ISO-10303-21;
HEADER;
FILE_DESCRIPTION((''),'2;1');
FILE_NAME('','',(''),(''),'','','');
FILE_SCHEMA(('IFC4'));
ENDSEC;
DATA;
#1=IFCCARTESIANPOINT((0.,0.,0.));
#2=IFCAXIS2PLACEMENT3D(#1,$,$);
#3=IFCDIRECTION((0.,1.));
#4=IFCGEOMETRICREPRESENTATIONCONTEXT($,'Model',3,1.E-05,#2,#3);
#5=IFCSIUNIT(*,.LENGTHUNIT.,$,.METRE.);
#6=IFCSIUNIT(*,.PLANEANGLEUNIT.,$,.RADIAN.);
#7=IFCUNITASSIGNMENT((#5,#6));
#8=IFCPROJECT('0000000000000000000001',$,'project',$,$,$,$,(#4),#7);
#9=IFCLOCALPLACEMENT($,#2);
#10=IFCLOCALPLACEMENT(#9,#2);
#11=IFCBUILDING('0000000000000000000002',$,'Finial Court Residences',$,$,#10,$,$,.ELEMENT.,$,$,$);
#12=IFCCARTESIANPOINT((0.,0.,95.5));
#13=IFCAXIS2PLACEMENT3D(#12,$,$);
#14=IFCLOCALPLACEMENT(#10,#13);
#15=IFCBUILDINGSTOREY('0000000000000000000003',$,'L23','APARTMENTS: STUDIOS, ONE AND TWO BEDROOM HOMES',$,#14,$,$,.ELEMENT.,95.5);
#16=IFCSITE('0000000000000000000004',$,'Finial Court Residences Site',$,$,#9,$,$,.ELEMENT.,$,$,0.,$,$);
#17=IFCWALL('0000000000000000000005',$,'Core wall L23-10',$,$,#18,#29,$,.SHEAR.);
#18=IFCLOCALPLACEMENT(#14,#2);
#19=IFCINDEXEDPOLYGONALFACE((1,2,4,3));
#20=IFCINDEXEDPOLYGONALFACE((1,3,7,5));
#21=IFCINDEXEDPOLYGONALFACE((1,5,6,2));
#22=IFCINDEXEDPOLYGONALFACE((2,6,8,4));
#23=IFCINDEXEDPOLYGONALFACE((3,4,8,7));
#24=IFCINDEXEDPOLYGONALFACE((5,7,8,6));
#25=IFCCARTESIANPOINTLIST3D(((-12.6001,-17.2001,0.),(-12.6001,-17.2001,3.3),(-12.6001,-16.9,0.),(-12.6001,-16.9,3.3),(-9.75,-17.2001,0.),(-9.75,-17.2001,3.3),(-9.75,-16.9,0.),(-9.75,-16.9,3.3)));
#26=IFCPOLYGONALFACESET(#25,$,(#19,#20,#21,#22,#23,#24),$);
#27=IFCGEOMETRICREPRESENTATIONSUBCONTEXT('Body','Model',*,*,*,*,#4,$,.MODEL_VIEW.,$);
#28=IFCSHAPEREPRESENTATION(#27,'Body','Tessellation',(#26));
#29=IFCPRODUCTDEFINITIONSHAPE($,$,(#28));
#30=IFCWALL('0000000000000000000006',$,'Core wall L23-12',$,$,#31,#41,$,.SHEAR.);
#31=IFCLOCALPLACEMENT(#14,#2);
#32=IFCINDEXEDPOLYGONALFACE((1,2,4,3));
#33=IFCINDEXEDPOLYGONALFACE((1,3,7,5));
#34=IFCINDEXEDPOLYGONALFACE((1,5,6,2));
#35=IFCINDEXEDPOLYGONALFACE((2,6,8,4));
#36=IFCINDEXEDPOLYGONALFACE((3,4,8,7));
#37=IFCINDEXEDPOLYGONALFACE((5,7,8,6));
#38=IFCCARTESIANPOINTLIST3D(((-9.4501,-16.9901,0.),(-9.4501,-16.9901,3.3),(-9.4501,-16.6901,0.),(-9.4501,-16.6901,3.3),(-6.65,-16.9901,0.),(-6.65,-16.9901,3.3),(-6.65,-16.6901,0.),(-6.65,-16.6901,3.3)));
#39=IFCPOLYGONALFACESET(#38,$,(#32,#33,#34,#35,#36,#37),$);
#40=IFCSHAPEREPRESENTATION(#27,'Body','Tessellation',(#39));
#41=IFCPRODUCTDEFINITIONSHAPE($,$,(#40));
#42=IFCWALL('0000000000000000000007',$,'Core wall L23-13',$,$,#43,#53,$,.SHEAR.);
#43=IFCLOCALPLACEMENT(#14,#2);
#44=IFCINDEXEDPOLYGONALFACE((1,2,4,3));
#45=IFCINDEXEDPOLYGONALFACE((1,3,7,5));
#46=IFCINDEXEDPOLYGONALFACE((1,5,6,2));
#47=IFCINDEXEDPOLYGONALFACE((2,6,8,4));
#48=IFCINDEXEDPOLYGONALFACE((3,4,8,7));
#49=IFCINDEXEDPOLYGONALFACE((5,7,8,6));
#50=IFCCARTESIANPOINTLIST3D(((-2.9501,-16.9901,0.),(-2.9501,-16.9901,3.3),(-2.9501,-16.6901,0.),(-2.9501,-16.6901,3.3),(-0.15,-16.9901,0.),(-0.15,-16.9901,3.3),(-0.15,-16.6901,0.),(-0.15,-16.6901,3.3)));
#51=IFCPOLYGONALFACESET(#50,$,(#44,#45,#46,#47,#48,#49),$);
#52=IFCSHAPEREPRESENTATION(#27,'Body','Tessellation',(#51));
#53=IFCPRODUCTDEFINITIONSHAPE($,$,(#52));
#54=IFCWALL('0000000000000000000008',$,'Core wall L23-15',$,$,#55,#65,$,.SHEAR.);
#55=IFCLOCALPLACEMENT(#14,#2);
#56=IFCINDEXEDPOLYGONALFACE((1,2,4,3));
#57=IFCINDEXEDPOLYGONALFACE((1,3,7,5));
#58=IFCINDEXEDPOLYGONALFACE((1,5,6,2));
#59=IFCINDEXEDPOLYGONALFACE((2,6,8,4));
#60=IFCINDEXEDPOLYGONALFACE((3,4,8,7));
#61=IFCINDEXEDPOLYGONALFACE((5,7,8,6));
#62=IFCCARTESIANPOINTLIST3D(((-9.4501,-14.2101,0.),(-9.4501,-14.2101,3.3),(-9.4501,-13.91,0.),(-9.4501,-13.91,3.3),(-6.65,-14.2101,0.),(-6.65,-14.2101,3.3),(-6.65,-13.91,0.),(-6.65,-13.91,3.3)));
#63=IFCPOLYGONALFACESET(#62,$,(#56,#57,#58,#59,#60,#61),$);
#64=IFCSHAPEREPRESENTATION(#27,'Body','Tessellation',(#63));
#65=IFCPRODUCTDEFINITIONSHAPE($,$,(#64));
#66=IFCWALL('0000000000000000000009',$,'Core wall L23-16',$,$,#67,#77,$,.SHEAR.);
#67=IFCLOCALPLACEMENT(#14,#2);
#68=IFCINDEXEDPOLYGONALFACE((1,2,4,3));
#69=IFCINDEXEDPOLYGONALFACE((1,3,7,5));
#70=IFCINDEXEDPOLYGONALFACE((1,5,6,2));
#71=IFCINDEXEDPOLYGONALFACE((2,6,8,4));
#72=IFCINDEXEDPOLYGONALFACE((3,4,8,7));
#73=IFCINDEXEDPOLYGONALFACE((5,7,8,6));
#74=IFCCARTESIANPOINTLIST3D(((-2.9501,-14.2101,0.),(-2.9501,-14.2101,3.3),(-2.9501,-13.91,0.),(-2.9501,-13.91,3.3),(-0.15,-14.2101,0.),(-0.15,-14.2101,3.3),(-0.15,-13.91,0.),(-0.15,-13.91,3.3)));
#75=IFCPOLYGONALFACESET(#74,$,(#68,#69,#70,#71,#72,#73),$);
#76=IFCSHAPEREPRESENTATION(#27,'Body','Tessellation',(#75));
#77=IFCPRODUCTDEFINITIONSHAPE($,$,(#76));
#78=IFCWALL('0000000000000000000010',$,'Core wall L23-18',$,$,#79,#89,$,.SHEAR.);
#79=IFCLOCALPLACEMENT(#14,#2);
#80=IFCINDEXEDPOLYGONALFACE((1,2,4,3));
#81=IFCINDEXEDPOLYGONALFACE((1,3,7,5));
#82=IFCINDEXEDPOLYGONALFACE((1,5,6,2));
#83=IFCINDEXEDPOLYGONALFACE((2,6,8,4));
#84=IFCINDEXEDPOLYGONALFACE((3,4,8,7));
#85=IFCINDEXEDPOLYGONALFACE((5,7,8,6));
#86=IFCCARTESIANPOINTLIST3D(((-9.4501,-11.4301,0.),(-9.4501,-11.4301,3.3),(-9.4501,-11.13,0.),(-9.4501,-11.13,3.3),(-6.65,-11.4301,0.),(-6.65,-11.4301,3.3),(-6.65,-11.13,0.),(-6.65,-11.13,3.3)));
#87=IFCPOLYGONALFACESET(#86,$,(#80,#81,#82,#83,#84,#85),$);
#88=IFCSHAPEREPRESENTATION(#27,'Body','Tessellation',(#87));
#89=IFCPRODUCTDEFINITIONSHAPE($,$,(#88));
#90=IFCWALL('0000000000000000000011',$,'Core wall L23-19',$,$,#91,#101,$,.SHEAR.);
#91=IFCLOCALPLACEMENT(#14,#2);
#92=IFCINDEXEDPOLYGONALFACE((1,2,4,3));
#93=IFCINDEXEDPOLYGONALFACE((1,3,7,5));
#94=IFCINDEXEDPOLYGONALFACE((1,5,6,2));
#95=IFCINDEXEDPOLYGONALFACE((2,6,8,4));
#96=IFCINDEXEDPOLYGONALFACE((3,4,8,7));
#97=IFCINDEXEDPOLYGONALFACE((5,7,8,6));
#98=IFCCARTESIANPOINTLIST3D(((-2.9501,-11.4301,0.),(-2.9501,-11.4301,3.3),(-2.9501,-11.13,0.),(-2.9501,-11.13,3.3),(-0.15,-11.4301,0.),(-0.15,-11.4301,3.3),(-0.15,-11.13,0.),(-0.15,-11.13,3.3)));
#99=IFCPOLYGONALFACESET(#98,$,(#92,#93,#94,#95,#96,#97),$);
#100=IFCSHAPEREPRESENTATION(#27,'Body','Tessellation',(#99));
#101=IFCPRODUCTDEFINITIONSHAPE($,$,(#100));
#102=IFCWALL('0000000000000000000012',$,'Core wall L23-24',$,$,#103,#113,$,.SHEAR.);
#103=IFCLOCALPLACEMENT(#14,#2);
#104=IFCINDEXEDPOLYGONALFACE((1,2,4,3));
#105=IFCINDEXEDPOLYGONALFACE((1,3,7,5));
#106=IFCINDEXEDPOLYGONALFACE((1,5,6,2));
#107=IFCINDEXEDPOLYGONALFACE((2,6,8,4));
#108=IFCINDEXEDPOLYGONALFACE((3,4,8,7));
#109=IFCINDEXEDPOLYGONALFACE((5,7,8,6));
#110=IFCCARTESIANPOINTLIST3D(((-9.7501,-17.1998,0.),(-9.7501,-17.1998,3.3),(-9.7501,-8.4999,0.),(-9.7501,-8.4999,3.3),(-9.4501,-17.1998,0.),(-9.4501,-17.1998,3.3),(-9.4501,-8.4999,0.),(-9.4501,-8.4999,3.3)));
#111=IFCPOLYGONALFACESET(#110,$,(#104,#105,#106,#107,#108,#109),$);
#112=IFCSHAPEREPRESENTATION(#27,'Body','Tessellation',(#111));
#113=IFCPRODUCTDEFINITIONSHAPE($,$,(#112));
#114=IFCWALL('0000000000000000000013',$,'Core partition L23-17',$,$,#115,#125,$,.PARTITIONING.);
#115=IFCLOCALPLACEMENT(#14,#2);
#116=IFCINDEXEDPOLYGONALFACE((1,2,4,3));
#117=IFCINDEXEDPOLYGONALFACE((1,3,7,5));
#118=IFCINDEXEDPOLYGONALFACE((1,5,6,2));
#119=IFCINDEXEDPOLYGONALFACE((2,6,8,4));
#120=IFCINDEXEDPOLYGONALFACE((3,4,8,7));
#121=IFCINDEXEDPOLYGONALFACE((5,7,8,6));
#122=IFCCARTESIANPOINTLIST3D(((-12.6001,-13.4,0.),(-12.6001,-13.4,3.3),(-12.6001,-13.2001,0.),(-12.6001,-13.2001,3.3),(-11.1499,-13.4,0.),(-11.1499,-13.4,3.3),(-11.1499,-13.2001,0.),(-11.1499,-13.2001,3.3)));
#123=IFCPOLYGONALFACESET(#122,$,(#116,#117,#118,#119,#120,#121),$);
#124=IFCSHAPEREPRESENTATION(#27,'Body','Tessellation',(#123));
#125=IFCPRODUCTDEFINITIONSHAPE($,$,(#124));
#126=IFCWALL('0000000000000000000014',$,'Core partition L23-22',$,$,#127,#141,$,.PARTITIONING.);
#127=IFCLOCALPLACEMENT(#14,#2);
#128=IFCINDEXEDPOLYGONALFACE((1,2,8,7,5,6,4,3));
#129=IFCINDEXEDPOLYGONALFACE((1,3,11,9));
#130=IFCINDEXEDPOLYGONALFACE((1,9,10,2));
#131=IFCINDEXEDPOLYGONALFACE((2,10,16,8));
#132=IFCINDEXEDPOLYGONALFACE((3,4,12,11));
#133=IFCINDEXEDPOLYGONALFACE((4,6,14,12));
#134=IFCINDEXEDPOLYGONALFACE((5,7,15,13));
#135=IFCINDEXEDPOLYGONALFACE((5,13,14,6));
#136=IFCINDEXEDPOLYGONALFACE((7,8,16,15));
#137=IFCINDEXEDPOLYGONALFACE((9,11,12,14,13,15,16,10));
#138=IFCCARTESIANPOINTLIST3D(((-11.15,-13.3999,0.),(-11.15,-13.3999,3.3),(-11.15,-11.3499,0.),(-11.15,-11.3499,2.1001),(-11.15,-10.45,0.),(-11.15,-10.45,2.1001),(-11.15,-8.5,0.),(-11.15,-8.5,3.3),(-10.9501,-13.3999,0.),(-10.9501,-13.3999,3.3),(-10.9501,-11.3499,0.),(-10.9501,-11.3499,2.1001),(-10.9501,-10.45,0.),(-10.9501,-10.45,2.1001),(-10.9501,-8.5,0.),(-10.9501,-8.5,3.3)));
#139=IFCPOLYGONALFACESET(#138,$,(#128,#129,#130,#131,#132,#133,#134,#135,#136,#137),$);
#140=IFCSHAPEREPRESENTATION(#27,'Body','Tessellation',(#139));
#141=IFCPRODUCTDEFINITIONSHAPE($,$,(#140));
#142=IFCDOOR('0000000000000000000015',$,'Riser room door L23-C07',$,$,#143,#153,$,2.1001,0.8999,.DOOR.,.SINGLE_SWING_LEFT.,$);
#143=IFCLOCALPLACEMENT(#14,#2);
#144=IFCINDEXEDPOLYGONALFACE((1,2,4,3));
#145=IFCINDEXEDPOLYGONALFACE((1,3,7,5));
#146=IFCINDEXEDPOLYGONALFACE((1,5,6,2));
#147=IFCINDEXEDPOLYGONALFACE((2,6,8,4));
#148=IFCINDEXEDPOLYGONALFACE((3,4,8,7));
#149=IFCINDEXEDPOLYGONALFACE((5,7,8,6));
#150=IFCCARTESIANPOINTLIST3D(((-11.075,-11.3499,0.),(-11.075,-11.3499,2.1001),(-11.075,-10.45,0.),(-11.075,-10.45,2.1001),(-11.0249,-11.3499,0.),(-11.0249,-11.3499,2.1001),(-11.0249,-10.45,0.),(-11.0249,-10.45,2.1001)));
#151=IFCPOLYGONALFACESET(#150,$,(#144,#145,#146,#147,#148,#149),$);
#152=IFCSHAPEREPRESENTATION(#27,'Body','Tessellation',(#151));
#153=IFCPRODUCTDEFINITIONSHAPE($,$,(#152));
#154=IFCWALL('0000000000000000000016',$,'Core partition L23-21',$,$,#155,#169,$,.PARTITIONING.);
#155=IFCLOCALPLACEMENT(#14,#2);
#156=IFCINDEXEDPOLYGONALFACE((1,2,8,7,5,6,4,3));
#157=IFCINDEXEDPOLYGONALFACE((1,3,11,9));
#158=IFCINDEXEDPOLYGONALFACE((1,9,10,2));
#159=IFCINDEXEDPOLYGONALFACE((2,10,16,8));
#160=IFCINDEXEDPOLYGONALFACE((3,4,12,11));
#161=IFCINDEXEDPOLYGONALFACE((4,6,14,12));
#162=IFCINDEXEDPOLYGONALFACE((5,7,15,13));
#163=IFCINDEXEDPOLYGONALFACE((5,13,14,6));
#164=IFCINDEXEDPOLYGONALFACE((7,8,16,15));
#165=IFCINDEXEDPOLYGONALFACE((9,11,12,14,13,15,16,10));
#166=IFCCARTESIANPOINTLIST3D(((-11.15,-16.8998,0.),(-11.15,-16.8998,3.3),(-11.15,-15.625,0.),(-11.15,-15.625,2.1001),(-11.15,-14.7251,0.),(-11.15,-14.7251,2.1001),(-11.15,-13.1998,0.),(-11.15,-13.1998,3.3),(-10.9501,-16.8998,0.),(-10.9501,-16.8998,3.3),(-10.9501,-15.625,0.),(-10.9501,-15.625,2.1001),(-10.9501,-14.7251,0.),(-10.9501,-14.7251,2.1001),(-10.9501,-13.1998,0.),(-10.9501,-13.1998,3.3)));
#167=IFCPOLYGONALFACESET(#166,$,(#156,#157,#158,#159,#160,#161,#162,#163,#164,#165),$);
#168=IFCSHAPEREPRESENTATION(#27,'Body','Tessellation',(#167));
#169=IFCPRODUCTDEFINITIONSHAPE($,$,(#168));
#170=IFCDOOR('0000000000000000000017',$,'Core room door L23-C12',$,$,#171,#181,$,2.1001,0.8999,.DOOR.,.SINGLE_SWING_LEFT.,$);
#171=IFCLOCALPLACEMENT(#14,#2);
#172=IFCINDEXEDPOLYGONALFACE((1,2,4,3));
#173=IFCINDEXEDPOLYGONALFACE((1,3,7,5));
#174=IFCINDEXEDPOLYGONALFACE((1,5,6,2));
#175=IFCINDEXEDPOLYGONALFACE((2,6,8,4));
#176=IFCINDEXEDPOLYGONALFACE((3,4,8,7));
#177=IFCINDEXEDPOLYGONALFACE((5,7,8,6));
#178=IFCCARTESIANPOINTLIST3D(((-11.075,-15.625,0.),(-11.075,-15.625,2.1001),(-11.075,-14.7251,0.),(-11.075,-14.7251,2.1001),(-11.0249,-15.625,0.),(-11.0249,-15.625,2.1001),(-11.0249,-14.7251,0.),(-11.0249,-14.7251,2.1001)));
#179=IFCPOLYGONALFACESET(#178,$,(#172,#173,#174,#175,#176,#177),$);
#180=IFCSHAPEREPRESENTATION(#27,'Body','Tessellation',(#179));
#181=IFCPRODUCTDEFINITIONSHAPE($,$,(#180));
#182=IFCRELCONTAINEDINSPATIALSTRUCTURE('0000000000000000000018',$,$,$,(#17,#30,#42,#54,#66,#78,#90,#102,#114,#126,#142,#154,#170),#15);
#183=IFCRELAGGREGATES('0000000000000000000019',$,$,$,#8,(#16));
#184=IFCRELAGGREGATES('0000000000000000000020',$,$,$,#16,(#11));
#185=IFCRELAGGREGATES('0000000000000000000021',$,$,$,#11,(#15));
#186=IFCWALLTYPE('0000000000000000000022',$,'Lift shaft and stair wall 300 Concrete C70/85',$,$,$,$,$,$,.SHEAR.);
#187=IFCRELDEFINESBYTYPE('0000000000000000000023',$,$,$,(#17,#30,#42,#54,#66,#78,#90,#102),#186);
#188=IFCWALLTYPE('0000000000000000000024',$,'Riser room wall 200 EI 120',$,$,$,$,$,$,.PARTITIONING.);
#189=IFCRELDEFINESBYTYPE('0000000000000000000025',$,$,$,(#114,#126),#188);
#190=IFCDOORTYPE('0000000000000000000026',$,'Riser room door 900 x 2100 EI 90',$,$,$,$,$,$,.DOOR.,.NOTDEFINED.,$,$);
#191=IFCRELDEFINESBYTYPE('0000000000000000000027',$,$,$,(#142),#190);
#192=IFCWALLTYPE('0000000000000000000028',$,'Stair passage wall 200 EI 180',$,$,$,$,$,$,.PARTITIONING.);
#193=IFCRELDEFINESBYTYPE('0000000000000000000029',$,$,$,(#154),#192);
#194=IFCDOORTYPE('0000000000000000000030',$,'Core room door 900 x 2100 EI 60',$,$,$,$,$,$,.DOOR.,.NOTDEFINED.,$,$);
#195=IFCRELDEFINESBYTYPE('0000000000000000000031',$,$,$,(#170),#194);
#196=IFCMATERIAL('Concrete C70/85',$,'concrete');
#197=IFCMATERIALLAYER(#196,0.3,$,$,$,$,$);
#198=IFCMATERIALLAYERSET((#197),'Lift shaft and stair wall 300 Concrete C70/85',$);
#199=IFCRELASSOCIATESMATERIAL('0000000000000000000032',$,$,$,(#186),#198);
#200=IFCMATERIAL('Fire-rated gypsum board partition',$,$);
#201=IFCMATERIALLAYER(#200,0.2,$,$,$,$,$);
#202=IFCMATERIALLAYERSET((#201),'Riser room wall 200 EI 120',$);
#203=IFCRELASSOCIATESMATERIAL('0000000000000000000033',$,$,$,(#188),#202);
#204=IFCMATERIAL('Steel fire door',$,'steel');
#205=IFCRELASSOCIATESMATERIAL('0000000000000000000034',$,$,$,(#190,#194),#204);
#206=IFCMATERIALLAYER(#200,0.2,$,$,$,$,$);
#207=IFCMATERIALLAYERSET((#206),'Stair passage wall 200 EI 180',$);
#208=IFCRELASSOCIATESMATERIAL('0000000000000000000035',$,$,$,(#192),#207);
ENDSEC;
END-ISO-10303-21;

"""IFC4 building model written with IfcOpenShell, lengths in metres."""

from ifc_helpers import new_model, si_unit, direction, frame, frame_2d, origin, place, context, subcontext, project, spatial, rectangle, extrude, material, layer, layer_set, type_object, element, fill, save


model = new_model("IFC4")

# Units and contexts
model_context = context("Model", 3, precision=1e-05, world=origin(), true_north=direction((0.0, 1.0)))
body_context = subcontext(model_context, "Body", "Model", "MODEL_VIEW")
ifc_project = project(units=[si_unit("LENGTHUNIT", "METRE"), si_unit("PLANEANGLEUNIT", "RADIAN")], contexts=[model_context])

# Site, building, storey
site_placement = place(None, origin())
site = spatial("IfcSite", under=ifc_project, at=site_placement, Name="Finial Court Residences Site", CompositionType="ELEMENT", RefElevation=0.0)
building_placement = place(site_placement, origin())
building = spatial("IfcBuilding", under=site, at=building_placement, Name="Finial Court Residences", CompositionType="ELEMENT")
storey_placement = place(building_placement, frame((0.0, 0.0, 95.5)))
storey = spatial("IfcBuildingStorey", under=building, at=storey_placement, Name="L23", Description="APARTMENTS: STUDIOS, ONE AND TWO BEDROOM HOMES", CompositionType="ELEMENT", Elevation=95.5)

# Walls
ifc_material_1 = material(Name="Concrete C70/85", Category="concrete")
ifc_layer_1 = layer(ifc_material_1, 0.3)
ifc_layer_set_1 = layer_set([ifc_layer_1], Name="Lift shaft and stair wall 300 Concrete C70/85")
wall_type_1 = type_object("IfcWallType", Name="Lift shaft and stair wall 300 Concrete C70/85", PredefinedType="SHEAR", material=ifc_layer_set_1)
wall_1_placement = place(storey_placement, frame((-12.6001, -17.05, 0.0), z_axis=(0.0, 0.0, 1.0), x_axis=(1.0, 0.0, 0.0)))
element("IfcWall", 1, at=wall_1_placement, inside=storey, type_object=wall_type_1, Name="Core wall L23-10", PredefinedType="SHEAR", context=body_context, shape_type="SweptSolid", body=[
    extrude(rectangle(XDim=2.8501, YDim=0.3, at=frame_2d((1.425, 0.0))), origin(), (0.0, 0.0, 1.0), 3.3),
])
for number, where, z_axis, x_axis, name in (
    (2, (-9.45, -16.8401, 0.0), (0.0, 0.0, 1.0), (1.0, 0.0, 0.0), "Core wall L23-12"),
    (3, (-2.95, -16.8401, 0.0), (0.0, 0.0, 1.0), (1.0, 0.0, 0.0), "Core wall L23-13"),
    (4, (-9.45, -14.0601, 0.0), (0.0, 0.0, 1.0), (1.0, 0.0, 0.0), "Core wall L23-15"),
    (5, (-2.95, -14.0601, 0.0), (0.0, 0.0, 1.0), (1.0, 0.0, 0.0), "Core wall L23-16"),
    (6, (-9.45, -11.28, 0.0), (0.0, 0.0, 1.0), (1.0, 0.0, 0.0), "Core wall L23-18"),
    (7, (-2.95, -11.28, 0.0), (0.0, 0.0, 1.0), (1.0, 0.0, 0.0), "Core wall L23-19"),
):
    element("IfcWall", number, at=place(storey_placement, frame(where, z_axis=z_axis, x_axis=x_axis)), inside=storey, type_object=wall_type_1, Name=name, PredefinedType="SHEAR", context=body_context, shape_type="SweptSolid", body=[
        extrude(rectangle(XDim=2.8, YDim=0.3, at=frame_2d((1.3999, 0.0))), origin(), (0.0, 0.0, 1.0), 3.3),
    ])
wall_2_placement = place(storey_placement, frame((-9.6001, -17.2, 0.0), z_axis=(0.0, 0.0, 1.0), x_axis=(0.0, 1.0, 0.0)))
element("IfcWall", 8, at=wall_2_placement, inside=storey, type_object=wall_type_1, Name="Core wall L23-24", PredefinedType="SHEAR", context=body_context, shape_type="SweptSolid", body=[
    extrude(rectangle(XDim=8.7, YDim=0.3, at=frame_2d((4.3501, 0.0))), origin(), (0.0, 0.0, 1.0), 3.3),
])
ifc_material_2 = material(Name="Fire-rated gypsum board partition")
ifc_layer_2 = layer(ifc_material_2, 0.2)
ifc_layer_set_2 = layer_set([ifc_layer_2], Name="Riser room wall 200 EI 120")
wall_type_2 = type_object("IfcWallType", Name="Riser room wall 200 EI 120", PredefinedType="PARTITIONING", material=ifc_layer_set_2)
wall_3_placement = place(storey_placement, frame((-12.6001, -13.3, 0.0), z_axis=(0.0, 0.0, 1.0), x_axis=(1.0, 0.0, 0.0)))
element("IfcWall", 9, at=wall_3_placement, inside=storey, type_object=wall_type_2, Name="Core partition L23-17", PredefinedType="PARTITIONING", context=body_context, shape_type="SweptSolid", body=[
    extrude(rectangle(XDim=1.4502, YDim=0.2, at=frame_2d((0.7251, 0.0))), origin(), (0.0, 0.0, 1.0), 3.3),
])

# Walls, openings, doors
wall_4_placement = place(storey_placement, frame((-11.05, -13.3999, 0.0), z_axis=(0.0, 0.0, 1.0), x_axis=(0.0, 1.0, 0.0)))
wall_4 = element("IfcWall", 10, at=wall_4_placement, inside=storey, type_object=wall_type_2, Name="Core partition L23-22", PredefinedType="PARTITIONING", context=body_context, shape_type="SweptSolid", body=[
    extrude(rectangle(XDim=4.8999, YDim=0.2, at=frame_2d((2.45, 0.0))), origin(), (0.0, 0.0, 1.0), 3.3),
])
opening_1_placement = place(wall_4_placement, frame((2.05, 0.0, 0.0)))
opening_1 = element("IfcOpeningElement", 11, at=opening_1_placement, cuts=wall_4, PredefinedType="OPENING", context=body_context, shape_type="SweptSolid", body=[
    extrude(rectangle(XDim=0.8999, YDim=2.1001, at=frame_2d((0.45, 1.05))), frame((0.0, 0.1099, 0.0), z_axis=(0.0, -1.0, 0.0), x_axis=(1.0, 0.0, 0.0)), (0.0, 0.0, 1.0), 0.22),
])
ifc_material_3 = material(Name="Steel fire door", Category="steel")
door_type_1 = type_object("IfcDoorType", Name="Riser room door 900 x 2100 EI 90", OperationType="NOTDEFINED", PredefinedType="DOOR", material=ifc_material_3)
door_1_placement = place(opening_1_placement, origin())
door_1 = element("IfcDoor", 12, at=door_1_placement, inside=storey, type_object=door_type_1, Name="Riser room door L23-C07", OperationType="SINGLE_SWING_LEFT", OverallHeight=2.1001, OverallWidth=0.8999, PredefinedType="DOOR", context=body_context, shape_type="SweptSolid", body=[
    extrude(rectangle(XDim=0.8999, YDim=2.1001, at=frame_2d((0.45, 1.05))), frame((0.0, 0.0249, 0.0), z_axis=(0.0, -1.0, 0.0), x_axis=(1.0, 0.0, 0.0)), (0.0, 0.0, 1.0), 0.05),
])
fill(opening_1, door_1)
ifc_layer_3 = layer(ifc_material_2, 0.2)
ifc_layer_set_3 = layer_set([ifc_layer_3], Name="Stair passage wall 200 EI 180")
wall_type_3 = type_object("IfcWallType", Name="Stair passage wall 200 EI 180", PredefinedType="PARTITIONING", material=ifc_layer_set_3)
wall_5_placement = place(storey_placement, frame((-11.05, -16.8999, 0.0), z_axis=(0.0, 0.0, 1.0), x_axis=(0.0, 1.0, 0.0)))
wall_5 = element("IfcWall", 13, at=wall_5_placement, inside=storey, type_object=wall_type_3, Name="Core partition L23-21", PredefinedType="PARTITIONING", context=body_context, shape_type="SweptSolid", body=[
    extrude(rectangle(XDim=3.7, YDim=0.2, at=frame_2d((1.8501, 0.0))), origin(), (0.0, 0.0, 1.0), 3.3),
])
opening_2_placement = place(wall_5_placement, frame((1.2749, 0.0, 0.0)))
opening_2 = element("IfcOpeningElement", 14, at=opening_2_placement, cuts=wall_5, PredefinedType="OPENING", context=body_context, shape_type="SweptSolid", body=[
    extrude(rectangle(XDim=0.8999, YDim=2.1001, at=frame_2d((0.45, 1.05))), frame((0.0, 0.1099, 0.0), z_axis=(0.0, -1.0, 0.0), x_axis=(1.0, 0.0, 0.0)), (0.0, 0.0, 1.0), 0.22),
])
door_type_2 = type_object("IfcDoorType", Name="Core room door 900 x 2100 EI 60", OperationType="NOTDEFINED", PredefinedType="DOOR", material=ifc_material_3)
door_2_placement = place(opening_2_placement, origin())
door_2 = element("IfcDoor", 15, at=door_2_placement, inside=storey, type_object=door_type_2, Name="Core room door L23-C12", OperationType="SINGLE_SWING_LEFT", OverallHeight=2.1001, OverallWidth=0.8999, PredefinedType="DOOR", context=body_context, shape_type="SweptSolid", body=[
    extrude(rectangle(XDim=0.8999, YDim=2.1001, at=frame_2d((0.45, 1.05))), frame((0.0, 0.0249, 0.0), z_axis=(0.0, -1.0, 0.0), x_axis=(1.0, 0.0, 0.0)), (0.0, 0.0, 1.0), 0.05),
])
fill(opening_2, door_2)

save(model, "model.ifc")
